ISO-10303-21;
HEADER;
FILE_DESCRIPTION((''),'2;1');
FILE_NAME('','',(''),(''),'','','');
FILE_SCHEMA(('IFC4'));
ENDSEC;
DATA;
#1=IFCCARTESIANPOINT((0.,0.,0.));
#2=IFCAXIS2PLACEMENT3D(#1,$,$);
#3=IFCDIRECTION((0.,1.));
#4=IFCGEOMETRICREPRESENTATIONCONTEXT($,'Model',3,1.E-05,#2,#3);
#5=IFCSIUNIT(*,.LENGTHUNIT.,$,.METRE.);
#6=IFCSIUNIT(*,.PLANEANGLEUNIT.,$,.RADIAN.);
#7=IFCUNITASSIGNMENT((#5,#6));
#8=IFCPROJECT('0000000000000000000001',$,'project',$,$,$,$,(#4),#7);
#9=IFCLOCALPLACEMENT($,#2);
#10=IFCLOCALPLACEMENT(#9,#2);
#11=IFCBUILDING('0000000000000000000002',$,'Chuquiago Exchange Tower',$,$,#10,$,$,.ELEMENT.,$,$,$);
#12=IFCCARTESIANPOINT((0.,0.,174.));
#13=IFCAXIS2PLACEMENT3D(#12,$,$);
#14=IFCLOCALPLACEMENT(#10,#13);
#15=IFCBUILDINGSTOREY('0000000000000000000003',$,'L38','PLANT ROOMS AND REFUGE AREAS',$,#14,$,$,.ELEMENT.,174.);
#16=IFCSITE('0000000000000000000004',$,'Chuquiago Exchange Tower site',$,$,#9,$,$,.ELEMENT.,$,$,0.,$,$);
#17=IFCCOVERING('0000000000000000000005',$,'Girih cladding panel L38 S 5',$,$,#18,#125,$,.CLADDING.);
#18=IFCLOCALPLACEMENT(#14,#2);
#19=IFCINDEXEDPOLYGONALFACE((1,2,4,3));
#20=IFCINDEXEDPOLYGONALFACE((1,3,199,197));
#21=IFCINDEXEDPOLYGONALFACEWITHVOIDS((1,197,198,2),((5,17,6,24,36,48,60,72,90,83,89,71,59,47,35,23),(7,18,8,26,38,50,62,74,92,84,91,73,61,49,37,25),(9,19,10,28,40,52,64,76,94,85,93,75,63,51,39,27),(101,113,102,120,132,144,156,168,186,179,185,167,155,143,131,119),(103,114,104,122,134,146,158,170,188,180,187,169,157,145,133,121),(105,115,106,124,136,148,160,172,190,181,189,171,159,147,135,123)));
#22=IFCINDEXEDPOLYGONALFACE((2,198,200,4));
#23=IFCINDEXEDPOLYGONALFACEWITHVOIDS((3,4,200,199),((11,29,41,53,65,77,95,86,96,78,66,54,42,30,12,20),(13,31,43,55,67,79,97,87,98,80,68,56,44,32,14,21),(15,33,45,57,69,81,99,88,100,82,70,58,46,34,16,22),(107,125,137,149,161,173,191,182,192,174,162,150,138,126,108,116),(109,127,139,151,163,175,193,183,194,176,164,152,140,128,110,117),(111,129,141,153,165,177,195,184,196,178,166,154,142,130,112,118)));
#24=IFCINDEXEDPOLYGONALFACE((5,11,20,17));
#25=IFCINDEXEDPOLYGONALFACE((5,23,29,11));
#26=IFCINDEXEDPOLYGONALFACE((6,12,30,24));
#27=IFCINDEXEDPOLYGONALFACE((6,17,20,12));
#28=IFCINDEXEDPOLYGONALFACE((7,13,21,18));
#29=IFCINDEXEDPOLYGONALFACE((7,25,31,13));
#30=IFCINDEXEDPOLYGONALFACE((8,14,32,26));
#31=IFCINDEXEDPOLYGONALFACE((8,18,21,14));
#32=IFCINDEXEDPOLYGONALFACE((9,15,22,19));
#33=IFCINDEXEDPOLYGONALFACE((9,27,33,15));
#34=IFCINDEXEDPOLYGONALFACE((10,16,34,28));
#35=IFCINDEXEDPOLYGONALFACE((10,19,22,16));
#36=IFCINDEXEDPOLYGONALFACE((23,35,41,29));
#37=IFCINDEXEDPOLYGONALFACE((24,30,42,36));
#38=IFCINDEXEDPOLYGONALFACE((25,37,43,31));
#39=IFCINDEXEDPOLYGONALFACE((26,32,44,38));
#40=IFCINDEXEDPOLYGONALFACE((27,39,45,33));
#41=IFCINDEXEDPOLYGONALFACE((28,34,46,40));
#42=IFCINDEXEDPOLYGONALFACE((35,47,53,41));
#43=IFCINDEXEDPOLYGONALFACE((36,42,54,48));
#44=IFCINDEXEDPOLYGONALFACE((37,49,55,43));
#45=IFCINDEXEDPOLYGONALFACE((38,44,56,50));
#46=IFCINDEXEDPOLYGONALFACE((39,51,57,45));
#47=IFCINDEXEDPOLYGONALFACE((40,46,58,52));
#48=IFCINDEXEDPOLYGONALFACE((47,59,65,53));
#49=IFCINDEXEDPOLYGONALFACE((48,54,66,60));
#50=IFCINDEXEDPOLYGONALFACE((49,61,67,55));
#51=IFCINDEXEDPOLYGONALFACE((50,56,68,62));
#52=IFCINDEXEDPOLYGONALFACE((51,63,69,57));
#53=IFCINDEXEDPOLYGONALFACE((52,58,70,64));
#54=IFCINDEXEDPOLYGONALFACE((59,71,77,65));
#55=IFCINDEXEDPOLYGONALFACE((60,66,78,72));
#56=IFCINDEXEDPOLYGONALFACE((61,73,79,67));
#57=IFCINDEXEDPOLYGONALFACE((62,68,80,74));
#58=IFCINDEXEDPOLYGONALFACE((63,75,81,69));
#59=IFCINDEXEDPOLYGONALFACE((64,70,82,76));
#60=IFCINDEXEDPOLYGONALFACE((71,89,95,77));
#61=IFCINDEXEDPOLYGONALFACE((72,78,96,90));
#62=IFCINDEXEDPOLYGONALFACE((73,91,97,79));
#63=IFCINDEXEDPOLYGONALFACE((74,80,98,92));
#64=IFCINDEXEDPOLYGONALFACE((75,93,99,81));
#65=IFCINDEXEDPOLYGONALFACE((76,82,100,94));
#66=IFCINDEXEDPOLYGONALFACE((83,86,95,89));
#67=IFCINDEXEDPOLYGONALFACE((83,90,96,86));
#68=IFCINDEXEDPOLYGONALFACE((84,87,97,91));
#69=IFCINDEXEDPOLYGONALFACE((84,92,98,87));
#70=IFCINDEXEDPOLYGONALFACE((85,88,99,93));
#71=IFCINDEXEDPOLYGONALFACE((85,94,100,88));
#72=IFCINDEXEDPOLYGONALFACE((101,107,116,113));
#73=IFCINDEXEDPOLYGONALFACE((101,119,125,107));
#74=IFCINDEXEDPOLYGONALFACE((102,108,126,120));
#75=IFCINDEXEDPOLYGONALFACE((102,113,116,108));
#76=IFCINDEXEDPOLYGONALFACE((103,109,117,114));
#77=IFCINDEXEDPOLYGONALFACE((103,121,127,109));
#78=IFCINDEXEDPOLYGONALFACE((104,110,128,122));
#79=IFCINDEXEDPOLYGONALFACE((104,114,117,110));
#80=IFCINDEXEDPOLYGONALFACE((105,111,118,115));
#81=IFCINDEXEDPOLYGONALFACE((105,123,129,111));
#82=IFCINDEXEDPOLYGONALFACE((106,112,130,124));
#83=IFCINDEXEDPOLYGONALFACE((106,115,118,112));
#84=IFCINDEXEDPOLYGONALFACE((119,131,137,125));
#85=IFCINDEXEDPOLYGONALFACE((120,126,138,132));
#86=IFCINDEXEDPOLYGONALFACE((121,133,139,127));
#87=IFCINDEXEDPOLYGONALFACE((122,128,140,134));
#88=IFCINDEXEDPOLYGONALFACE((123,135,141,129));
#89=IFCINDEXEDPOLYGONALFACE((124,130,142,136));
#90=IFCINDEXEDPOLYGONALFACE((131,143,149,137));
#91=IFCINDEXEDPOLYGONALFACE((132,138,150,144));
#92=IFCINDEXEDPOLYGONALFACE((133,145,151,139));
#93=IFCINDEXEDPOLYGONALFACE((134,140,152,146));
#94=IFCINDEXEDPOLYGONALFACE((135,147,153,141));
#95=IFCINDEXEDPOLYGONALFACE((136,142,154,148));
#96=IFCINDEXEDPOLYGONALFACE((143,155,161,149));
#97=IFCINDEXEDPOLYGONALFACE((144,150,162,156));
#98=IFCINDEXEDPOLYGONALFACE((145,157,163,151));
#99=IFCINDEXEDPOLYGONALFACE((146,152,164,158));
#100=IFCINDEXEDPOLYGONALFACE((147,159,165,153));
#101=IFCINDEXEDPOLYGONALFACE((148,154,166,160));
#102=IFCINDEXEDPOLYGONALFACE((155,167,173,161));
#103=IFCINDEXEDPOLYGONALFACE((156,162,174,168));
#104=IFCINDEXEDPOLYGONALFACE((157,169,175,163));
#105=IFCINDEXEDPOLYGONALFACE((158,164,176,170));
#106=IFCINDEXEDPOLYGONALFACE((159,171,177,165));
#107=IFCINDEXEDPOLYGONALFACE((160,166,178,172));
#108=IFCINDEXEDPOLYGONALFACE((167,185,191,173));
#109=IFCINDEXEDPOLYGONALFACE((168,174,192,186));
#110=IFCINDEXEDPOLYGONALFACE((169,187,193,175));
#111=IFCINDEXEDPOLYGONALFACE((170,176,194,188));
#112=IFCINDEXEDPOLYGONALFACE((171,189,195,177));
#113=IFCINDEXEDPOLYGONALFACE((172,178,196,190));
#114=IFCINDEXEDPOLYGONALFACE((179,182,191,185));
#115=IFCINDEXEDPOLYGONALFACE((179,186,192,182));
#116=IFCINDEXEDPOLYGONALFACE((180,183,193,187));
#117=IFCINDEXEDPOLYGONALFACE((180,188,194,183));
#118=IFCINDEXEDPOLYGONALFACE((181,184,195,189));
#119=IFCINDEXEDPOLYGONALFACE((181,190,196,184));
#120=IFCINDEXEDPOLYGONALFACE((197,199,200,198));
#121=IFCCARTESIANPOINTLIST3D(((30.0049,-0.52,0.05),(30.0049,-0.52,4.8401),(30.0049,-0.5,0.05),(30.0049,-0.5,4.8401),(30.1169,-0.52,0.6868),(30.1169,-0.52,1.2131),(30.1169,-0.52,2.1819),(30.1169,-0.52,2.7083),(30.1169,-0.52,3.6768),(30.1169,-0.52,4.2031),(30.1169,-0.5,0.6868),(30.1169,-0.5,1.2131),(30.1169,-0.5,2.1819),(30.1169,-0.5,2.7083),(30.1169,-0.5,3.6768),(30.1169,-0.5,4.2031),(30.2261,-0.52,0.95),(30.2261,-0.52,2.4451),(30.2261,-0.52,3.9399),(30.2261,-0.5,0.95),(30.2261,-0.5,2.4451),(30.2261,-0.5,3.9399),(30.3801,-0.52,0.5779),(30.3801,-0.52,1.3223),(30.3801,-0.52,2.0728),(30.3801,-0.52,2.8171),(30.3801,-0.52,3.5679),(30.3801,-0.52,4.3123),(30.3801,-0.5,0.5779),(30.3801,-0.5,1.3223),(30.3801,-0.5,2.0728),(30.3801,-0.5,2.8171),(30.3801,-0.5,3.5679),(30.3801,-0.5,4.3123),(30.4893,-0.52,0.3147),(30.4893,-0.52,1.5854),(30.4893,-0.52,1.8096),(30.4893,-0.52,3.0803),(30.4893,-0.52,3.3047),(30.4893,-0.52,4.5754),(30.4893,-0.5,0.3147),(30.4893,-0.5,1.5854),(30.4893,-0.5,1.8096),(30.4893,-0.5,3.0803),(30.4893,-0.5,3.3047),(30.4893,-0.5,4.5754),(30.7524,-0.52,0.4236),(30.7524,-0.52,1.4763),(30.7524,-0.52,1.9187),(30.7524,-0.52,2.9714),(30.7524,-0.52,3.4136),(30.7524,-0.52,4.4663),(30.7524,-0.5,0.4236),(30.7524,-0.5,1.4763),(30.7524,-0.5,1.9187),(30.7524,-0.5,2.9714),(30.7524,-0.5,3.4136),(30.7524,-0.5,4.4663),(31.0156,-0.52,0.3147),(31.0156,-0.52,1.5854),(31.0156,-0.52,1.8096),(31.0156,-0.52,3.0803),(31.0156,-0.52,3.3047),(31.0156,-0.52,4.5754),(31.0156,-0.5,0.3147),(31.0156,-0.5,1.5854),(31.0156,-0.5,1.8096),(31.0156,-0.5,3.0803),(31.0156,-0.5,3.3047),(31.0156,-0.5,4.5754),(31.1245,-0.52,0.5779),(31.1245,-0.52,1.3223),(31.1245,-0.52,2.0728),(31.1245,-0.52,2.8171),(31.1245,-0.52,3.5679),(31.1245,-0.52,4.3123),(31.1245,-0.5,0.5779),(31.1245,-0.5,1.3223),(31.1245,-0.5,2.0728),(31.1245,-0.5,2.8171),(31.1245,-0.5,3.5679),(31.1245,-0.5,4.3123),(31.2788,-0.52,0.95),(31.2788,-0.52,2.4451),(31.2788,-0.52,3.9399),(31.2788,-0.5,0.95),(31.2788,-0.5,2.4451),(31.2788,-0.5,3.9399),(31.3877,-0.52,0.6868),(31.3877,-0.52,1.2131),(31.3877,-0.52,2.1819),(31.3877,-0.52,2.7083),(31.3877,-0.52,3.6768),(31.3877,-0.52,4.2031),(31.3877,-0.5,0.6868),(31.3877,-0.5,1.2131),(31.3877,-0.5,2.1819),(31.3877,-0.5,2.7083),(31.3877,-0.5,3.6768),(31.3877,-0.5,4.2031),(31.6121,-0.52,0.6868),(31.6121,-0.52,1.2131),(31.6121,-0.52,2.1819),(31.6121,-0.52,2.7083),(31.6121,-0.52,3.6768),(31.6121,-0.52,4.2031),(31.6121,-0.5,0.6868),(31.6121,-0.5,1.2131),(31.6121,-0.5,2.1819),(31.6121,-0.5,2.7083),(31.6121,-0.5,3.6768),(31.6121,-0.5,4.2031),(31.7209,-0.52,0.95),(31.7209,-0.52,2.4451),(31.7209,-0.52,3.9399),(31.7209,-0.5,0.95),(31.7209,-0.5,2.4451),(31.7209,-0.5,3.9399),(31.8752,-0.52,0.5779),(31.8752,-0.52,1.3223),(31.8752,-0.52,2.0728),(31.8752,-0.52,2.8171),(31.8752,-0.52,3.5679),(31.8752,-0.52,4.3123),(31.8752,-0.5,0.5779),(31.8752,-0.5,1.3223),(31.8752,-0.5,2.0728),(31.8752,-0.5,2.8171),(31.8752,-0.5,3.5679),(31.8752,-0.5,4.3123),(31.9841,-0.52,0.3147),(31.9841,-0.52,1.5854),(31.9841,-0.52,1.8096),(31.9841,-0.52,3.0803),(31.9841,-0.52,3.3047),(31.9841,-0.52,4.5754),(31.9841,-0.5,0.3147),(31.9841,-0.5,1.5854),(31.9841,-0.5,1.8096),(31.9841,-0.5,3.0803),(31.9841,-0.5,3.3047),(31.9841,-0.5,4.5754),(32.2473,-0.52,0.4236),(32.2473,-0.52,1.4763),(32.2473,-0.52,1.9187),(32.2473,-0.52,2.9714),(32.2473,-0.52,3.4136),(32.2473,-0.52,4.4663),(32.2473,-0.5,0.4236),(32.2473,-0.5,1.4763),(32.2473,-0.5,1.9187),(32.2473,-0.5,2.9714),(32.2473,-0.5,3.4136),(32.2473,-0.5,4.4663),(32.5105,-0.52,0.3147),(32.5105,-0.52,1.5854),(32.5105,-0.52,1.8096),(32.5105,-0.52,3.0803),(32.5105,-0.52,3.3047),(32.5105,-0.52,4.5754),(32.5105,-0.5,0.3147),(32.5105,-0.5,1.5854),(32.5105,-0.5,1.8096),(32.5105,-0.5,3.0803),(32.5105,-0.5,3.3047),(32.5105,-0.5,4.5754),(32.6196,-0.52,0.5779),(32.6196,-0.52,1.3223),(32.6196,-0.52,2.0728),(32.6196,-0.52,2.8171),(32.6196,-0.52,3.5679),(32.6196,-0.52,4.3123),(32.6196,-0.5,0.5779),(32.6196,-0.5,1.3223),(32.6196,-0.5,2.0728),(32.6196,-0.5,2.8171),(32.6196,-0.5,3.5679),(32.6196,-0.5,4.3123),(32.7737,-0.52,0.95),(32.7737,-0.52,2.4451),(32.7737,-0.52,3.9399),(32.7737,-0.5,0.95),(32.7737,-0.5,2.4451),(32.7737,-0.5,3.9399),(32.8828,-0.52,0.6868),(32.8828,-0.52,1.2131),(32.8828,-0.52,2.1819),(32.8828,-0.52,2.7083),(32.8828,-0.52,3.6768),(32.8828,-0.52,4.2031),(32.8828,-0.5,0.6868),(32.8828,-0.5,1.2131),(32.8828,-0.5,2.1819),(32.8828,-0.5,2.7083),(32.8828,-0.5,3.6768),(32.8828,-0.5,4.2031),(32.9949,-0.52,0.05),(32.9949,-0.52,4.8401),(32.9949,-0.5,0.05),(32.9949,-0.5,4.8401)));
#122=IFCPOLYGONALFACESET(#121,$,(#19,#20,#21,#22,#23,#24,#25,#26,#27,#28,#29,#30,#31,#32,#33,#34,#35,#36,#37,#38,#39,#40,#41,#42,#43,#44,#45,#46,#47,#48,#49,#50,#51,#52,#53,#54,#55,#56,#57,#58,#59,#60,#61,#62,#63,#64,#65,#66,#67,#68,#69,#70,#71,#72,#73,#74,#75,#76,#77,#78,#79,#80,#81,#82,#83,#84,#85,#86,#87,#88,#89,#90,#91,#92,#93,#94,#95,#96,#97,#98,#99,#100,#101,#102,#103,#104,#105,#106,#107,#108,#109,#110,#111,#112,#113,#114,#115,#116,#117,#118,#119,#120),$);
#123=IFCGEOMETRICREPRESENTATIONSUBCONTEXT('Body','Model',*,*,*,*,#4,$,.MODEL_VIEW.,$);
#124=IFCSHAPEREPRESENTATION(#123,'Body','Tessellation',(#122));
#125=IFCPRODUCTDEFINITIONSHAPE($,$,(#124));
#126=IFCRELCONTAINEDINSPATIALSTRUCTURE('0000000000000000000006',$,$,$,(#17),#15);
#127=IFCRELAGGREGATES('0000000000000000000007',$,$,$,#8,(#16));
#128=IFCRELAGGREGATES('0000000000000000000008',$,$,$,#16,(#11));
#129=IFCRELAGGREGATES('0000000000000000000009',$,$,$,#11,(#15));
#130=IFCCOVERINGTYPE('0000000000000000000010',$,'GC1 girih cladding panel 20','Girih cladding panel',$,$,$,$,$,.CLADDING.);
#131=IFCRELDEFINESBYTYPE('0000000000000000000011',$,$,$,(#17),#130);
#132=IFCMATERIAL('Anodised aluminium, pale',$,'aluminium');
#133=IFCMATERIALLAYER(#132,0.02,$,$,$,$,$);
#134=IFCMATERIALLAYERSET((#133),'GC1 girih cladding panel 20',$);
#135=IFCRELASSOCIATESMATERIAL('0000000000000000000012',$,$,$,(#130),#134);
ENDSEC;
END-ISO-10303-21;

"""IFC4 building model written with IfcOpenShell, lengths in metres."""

from ifc_helpers import new_model, si_unit, direction, frame, origin, place, context, subcontext, project, spatial, polyline, outline, extrude, material, layer, layer_set, type_object, element, save


model = new_model("IFC4")

# Units and contexts
model_context = context("Model", 3, precision=1e-05, world=origin(), true_north=direction((0.0, 1.0)))
body_context = subcontext(model_context, "Body", "Model", "MODEL_VIEW")
ifc_project = project(units=[si_unit("LENGTHUNIT", "METRE"), si_unit("PLANEANGLEUNIT", "RADIAN")], contexts=[model_context])

# Site, building, storey
site_placement = place(None, origin())
site = spatial("IfcSite", under=ifc_project, at=site_placement, Name="Chuquiago Exchange Tower site", CompositionType="ELEMENT", RefElevation=0.0)
building_placement = place(site_placement, origin())
building = spatial("IfcBuilding", under=site, at=building_placement, Name="Chuquiago Exchange Tower", CompositionType="ELEMENT")
storey_placement = place(building_placement, frame((0.0, 0.0, 174.0)))
storey = spatial("IfcBuildingStorey", under=building, at=storey_placement, Name="L38", Description="PLANT ROOMS AND REFUGE AREAS", CompositionType="ELEMENT", Elevation=174.0)

# Covering
ifc_material_1 = material(Name="Anodised aluminium, pale", Category="aluminium")
ifc_layer_1 = layer(ifc_material_1, 0.02)
ifc_layer_set_1 = layer_set([ifc_layer_1], Name="GC1 girih cladding panel 20")
covering_type = type_object("IfcCoveringType", Name="GC1 girih cladding panel 20", Description="Girih cladding panel", PredefinedType="CLADDING", material=ifc_layer_set_1)
covering_1_placement = place(storey_placement, frame((30.0049, -0.5, 0.05), z_axis=(0.0, 0.0, 1.0), x_axis=(1.0, 0.0, 0.0)))
element("IfcCovering", 1, at=covering_1_placement, inside=storey, type_object=covering_type, Name="Girih cladding panel L38 S 5", PredefinedType="CLADDING", context=body_context, shape_type="SweptSolid", body=[
    extrude(outline(polyline([(0.0, 0.0), (2.99, 0.0), (2.99, 4.79), (0.0, 4.79), (0.0, 0.0)]), holes=[polyline([(1.2739, 0.8999), (1.3828, 1.1631), (1.1196, 1.2722), (1.0107, 1.5354), (0.7476, 1.4263), (0.4844, 1.5354), (0.3752, 1.2722), (0.1121, 1.1631), (0.2212, 0.8999), (0.1121, 0.6367), (0.3752, 0.5278), (0.4844, 0.2646), (0.7476, 0.3735), (1.0107, 0.2646), (1.1196, 0.5278), (1.3828, 0.6367), (1.2739, 0.8999)]), polyline([(2.7688, 0.8999), (2.8779, 1.1631), (2.6147, 1.2722), (2.5056, 1.5354), (2.2424, 1.4263), (1.9792, 1.5354), (1.8704, 1.2722), (1.6072, 1.1631), (1.7161, 0.8999), (1.6072, 0.6367), (1.8704, 0.5278), (1.9792, 0.2646), (2.2424, 0.3735), (2.5056, 0.2646), (2.6147, 0.5278), (2.8779, 0.6367), (2.7688, 0.8999)]), polyline([(1.2739, 2.395), (1.3828, 2.6582), (1.1196, 2.7671), (1.0107, 3.0303), (0.7476, 2.9214), (0.4844, 3.0303), (0.3752, 2.7671), (0.1121, 2.6582), (0.2212, 2.395), (0.1121, 2.1318), (0.3752, 2.0227), (0.4844, 1.7595), (0.7476, 1.8687), (1.0107, 1.7595), (1.1196, 2.0227), (1.3828, 2.1318), (1.2739, 2.395)]), polyline([(2.7688, 2.395), (2.8779, 2.6582), (2.6147, 2.7671), (2.5056, 3.0303), (2.2424, 2.9214), (1.9792, 3.0303), (1.8704, 2.7671), (1.6072, 2.6582), (1.7161, 2.395), (1.6072, 2.1318), (1.8704, 2.0227), (1.9792, 1.7595), (2.2424, 1.8687), (2.5056, 1.7595), (2.6147, 2.0227), (2.8779, 2.1318), (2.7688, 2.395)]), polyline([(1.2739, 3.8899), (1.3828, 4.1531), (1.1196, 4.2622), (1.0107, 4.5254), (0.7476, 4.4163), (0.4844, 4.5254), (0.3752, 4.2622), (0.1121, 4.1531), (0.2212, 3.8899), (0.1121, 3.6267), (0.3752, 3.5178), (0.4844, 3.2546), (0.7476, 3.3635), (1.0107, 3.2546), (1.1196, 3.5178), (1.3828, 3.6267), (1.2739, 3.8899)]), polyline([(2.7688, 3.8899), (2.8779, 4.1531), (2.6147, 4.2622), (2.5056, 4.5254), (2.2424, 4.4163), (1.9792, 4.5254), (1.8704, 4.2622), (1.6072, 4.1531), (1.7161, 3.8899), (1.6072, 3.6267), (1.8704, 3.5178), (1.9792, 3.2546), (2.2424, 3.3635), (2.5056, 3.2546), (2.6147, 3.5178), (2.8779, 3.6267), (2.7688, 3.8899)])]), frame((0.0, 0.0, 0.0), z_axis=(0.0, -1.0, 0.0), x_axis=(1.0, 0.0, 0.0)), (0.0, 0.0, 1.0), 0.02),
])

save(model, "model.ifc")
